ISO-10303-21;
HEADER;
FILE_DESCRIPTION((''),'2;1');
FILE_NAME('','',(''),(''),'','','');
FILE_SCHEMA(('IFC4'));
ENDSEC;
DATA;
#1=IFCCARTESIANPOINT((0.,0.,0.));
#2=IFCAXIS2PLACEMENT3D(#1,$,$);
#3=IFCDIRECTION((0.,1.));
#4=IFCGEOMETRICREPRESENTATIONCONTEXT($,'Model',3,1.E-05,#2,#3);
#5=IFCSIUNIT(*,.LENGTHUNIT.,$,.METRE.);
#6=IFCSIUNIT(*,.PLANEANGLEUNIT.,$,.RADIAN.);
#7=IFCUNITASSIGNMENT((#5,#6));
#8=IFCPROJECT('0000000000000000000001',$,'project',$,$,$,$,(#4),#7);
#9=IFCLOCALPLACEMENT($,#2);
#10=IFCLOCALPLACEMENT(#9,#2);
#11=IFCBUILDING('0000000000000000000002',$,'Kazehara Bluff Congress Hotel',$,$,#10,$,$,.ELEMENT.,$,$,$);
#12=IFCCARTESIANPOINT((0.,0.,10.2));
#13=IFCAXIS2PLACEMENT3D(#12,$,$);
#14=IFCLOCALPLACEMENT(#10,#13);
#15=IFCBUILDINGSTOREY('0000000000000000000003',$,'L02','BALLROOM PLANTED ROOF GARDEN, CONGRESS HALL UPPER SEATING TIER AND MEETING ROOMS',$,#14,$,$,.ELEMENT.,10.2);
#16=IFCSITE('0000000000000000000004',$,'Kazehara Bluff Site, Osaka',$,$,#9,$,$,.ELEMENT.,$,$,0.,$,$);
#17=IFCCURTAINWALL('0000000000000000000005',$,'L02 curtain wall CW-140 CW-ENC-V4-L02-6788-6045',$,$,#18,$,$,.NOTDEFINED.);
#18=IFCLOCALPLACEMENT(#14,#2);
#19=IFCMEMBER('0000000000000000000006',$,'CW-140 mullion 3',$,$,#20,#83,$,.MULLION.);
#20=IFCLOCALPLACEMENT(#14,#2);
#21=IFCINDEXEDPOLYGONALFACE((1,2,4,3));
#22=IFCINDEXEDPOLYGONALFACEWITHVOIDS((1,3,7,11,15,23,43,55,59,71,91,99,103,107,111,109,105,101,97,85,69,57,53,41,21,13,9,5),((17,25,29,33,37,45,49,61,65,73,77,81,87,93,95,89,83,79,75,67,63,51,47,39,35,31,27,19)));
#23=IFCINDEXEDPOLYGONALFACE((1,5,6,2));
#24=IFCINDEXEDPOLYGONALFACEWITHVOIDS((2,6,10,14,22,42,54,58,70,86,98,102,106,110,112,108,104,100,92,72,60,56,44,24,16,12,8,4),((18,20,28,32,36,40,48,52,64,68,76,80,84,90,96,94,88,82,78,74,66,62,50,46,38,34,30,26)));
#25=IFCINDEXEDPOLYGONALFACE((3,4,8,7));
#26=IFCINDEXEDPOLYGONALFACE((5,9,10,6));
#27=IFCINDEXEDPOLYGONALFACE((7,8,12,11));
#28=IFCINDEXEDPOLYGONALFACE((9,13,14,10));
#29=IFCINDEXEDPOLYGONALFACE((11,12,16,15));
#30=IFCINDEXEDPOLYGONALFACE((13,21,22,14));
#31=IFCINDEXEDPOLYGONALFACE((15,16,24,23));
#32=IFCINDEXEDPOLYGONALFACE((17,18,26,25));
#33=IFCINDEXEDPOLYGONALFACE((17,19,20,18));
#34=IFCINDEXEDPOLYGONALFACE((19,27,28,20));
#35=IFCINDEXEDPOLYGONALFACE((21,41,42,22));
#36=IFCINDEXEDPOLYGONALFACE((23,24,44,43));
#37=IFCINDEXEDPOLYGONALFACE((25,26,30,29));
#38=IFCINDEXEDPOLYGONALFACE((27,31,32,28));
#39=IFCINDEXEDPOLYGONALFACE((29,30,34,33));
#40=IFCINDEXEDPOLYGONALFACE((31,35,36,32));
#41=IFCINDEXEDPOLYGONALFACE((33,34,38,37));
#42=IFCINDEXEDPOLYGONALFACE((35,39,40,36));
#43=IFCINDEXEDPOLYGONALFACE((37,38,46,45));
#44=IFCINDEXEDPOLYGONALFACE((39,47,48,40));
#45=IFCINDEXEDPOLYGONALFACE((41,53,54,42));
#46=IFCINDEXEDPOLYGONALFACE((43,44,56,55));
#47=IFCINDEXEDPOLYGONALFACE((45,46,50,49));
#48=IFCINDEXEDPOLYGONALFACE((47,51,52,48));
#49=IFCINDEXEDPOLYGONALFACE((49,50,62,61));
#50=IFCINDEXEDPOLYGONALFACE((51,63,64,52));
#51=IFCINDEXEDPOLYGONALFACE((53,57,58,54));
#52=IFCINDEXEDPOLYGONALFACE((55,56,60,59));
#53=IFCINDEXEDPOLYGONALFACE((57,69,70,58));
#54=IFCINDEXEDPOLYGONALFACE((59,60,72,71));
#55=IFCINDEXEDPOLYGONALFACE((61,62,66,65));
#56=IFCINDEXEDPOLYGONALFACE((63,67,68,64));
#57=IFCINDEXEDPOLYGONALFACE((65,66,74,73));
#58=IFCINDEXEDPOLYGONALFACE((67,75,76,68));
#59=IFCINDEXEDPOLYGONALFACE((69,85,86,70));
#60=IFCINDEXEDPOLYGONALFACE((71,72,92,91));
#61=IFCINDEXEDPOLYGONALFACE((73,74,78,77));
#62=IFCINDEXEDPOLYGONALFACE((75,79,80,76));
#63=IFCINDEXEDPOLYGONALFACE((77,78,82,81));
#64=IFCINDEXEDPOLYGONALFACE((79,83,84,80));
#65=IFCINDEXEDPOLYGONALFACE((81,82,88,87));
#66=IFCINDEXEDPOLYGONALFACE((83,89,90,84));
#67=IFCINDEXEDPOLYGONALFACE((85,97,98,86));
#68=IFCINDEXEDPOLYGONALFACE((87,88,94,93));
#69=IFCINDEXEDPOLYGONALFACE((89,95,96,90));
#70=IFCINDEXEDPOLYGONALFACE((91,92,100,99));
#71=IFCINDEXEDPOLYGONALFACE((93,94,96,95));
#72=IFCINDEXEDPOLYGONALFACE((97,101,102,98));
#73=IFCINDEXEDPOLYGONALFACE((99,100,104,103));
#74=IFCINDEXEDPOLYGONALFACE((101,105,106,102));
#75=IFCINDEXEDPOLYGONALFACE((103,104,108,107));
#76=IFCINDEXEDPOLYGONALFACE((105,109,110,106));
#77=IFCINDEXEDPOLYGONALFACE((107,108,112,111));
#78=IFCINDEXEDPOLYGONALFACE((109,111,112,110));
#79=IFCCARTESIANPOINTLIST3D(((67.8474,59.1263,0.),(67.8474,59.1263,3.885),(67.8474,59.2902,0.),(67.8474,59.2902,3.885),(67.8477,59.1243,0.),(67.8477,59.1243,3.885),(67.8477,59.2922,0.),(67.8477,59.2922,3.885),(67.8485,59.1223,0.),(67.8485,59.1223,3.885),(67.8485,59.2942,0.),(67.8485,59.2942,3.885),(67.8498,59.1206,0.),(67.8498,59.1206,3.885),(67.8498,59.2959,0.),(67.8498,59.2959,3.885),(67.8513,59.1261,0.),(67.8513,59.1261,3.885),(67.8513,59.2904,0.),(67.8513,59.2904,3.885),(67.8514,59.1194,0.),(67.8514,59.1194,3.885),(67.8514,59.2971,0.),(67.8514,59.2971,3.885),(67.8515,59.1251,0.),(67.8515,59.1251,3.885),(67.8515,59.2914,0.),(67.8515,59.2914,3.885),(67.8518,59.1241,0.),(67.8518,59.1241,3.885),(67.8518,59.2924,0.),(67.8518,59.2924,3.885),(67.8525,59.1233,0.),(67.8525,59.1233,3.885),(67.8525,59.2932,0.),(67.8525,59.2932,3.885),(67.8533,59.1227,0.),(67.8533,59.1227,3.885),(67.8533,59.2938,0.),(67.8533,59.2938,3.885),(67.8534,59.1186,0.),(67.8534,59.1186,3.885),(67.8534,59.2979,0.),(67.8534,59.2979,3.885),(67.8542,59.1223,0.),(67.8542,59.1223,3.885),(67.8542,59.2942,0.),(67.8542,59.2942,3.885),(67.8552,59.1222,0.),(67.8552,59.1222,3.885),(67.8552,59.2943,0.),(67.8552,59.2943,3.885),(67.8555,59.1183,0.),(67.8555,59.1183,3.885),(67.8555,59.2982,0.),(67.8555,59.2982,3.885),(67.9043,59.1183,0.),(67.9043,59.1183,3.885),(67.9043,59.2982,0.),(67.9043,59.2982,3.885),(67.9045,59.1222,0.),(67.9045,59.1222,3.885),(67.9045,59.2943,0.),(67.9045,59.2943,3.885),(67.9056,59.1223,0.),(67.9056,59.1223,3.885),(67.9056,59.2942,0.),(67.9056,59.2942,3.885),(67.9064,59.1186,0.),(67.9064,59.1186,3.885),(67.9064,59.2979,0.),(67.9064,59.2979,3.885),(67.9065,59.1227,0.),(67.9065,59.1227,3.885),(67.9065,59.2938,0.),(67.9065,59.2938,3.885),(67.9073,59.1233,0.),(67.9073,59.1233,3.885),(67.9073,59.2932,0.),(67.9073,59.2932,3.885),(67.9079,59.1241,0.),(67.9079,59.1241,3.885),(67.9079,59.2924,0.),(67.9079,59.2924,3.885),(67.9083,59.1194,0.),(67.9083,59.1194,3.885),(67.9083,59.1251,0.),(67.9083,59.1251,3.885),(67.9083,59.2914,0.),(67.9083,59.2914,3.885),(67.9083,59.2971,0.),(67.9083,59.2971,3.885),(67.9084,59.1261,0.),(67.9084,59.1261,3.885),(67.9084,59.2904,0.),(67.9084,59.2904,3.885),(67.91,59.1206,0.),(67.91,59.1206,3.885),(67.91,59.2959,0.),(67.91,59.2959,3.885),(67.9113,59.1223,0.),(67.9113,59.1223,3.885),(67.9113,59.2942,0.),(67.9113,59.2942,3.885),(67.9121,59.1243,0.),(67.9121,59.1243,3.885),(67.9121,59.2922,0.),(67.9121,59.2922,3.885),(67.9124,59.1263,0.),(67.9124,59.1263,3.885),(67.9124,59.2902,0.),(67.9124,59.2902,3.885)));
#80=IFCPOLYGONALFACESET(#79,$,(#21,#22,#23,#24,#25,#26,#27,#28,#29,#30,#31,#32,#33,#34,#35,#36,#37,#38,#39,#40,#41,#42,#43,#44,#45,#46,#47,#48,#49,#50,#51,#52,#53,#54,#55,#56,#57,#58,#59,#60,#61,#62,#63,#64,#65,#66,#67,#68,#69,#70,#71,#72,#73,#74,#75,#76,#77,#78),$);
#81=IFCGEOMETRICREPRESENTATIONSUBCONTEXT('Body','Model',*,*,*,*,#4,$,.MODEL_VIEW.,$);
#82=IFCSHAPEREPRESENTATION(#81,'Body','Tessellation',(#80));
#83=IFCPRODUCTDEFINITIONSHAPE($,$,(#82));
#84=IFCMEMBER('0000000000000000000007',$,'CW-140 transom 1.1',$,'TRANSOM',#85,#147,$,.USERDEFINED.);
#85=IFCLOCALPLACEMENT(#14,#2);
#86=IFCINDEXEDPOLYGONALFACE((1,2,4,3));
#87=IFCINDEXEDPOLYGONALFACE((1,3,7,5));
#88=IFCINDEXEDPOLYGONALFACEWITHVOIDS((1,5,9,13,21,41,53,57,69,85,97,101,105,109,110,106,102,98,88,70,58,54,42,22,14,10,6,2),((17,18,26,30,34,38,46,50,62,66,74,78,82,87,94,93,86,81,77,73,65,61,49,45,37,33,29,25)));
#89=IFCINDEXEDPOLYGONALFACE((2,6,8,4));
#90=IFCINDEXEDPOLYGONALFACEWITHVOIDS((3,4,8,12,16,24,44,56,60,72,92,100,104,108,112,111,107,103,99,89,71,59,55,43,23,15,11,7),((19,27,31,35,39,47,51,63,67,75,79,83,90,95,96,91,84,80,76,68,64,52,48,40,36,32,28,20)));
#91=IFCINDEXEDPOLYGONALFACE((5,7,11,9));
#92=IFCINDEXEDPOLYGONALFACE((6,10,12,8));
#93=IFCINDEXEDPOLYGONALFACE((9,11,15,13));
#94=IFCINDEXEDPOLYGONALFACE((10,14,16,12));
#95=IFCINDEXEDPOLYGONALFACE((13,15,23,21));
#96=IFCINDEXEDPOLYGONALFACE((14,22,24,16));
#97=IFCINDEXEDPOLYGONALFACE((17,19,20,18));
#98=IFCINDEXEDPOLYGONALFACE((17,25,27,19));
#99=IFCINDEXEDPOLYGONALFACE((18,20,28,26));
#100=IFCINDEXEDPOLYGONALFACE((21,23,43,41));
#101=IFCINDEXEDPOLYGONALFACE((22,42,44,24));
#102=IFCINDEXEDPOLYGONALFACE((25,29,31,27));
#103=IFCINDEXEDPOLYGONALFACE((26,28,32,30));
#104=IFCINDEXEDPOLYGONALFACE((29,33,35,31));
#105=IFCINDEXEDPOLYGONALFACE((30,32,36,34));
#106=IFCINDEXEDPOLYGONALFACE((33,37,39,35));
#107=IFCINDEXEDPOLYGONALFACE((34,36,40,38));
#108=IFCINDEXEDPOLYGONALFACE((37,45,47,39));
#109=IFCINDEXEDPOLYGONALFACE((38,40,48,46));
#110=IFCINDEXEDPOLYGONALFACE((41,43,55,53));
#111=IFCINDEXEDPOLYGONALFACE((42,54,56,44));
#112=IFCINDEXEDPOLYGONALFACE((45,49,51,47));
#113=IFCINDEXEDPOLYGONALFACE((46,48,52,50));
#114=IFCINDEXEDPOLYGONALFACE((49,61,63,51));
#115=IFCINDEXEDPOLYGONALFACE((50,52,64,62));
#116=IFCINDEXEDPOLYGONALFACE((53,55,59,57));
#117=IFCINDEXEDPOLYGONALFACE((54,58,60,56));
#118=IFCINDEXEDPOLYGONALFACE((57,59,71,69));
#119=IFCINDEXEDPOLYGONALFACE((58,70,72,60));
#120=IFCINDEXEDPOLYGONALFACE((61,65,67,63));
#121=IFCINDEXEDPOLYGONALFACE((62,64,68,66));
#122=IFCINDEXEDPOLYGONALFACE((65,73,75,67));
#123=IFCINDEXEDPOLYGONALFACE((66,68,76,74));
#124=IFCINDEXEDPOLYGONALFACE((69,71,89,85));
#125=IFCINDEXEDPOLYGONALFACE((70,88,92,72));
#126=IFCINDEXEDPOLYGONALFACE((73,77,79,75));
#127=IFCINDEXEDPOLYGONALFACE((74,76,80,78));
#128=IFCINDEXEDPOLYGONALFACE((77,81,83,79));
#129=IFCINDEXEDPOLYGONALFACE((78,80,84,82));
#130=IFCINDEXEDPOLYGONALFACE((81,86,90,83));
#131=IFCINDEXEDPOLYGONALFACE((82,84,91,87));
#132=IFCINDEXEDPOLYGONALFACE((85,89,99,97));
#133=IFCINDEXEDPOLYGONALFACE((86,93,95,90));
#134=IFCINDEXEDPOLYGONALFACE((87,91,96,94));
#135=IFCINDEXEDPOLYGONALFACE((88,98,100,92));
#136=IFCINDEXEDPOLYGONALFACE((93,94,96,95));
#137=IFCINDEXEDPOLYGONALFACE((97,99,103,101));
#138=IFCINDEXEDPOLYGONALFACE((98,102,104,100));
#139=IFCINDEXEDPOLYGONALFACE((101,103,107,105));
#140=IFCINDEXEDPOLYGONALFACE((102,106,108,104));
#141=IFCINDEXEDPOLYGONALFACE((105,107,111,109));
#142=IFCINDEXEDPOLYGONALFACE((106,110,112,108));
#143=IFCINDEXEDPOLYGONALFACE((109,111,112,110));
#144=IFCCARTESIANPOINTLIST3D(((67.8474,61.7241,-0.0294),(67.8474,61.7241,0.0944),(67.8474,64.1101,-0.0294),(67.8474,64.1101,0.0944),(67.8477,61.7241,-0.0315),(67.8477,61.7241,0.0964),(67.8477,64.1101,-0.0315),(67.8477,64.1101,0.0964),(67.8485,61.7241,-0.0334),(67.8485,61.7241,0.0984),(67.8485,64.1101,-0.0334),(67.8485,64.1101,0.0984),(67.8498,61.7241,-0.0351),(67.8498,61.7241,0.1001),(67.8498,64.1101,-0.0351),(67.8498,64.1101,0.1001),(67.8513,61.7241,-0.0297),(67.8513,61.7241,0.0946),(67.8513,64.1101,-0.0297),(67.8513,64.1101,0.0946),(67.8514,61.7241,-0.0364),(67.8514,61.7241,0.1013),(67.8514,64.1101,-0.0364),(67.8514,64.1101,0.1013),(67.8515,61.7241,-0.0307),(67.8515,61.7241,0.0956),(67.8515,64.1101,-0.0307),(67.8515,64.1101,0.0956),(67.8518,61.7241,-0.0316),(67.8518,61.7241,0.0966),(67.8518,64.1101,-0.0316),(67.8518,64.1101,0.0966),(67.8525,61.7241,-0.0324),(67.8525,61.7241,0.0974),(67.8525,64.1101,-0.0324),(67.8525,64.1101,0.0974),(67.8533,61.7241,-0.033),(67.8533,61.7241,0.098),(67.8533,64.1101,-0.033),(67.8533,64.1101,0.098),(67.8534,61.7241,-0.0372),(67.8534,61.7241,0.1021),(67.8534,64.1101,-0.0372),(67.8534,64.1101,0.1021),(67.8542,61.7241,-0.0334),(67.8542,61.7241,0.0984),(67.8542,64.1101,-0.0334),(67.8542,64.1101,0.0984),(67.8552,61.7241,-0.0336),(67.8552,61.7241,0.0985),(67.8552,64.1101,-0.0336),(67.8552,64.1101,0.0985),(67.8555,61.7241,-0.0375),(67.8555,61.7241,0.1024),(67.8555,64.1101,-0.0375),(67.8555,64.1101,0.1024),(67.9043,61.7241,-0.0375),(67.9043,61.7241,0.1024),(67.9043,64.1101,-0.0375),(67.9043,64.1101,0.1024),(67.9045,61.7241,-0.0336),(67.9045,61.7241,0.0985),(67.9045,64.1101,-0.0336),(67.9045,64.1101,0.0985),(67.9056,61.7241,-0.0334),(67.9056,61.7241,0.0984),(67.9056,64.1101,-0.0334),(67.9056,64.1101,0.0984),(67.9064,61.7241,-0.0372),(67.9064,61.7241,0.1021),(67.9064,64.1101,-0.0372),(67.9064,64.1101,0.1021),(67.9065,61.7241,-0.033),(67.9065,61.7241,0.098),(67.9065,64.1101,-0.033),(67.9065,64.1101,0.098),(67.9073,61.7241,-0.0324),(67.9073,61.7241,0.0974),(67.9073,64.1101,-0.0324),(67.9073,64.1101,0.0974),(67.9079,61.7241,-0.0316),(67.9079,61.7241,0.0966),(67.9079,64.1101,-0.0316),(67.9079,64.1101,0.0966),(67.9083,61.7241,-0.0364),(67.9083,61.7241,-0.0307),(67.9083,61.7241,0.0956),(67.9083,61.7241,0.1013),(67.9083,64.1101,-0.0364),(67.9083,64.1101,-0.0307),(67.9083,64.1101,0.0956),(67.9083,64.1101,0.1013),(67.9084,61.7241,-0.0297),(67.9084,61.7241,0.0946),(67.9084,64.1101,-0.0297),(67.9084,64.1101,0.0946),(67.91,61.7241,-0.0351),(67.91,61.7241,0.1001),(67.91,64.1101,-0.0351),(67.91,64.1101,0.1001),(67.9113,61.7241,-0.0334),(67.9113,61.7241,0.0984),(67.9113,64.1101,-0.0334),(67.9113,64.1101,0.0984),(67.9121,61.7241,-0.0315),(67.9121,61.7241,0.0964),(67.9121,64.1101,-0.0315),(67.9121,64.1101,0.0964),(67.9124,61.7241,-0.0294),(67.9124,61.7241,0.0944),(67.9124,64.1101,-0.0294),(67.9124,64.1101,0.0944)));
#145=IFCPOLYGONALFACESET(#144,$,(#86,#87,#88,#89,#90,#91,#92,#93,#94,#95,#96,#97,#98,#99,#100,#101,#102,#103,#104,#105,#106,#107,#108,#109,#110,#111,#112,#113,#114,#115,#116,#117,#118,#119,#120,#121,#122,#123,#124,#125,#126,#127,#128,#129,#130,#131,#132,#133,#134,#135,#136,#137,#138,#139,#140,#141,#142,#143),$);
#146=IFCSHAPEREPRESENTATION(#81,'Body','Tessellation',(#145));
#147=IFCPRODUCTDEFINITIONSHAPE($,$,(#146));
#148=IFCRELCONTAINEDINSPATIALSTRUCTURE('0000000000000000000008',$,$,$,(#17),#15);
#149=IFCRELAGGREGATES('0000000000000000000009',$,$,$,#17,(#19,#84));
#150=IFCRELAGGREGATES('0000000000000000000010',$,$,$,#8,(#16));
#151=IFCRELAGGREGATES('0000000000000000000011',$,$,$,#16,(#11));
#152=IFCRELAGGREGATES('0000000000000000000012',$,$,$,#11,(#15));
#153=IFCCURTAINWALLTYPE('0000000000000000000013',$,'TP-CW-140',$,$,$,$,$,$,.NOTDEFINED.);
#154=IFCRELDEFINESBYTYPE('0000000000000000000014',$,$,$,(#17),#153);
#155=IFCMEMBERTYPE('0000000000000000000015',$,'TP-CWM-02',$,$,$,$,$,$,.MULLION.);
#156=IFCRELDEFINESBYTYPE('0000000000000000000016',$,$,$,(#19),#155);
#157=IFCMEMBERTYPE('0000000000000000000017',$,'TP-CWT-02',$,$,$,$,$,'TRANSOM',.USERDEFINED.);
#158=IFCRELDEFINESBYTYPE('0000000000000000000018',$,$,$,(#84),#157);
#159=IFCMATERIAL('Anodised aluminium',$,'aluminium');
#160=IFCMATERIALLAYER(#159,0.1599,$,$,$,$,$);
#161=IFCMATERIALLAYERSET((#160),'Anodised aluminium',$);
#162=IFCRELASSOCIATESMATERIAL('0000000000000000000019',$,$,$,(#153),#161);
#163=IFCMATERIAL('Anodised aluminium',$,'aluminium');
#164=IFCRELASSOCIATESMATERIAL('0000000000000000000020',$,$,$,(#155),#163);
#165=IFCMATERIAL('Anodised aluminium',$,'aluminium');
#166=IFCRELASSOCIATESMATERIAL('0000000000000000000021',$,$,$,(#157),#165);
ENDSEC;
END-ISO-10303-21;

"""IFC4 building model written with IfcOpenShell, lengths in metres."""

from ifc_helpers import new_model, si_unit, direction, frame, origin, origin_2d, place, context, subcontext, project, spatial, hollow_rectangle, extrude, material, layer, layer_set, material_profile, profile_set, type_object, element, aggregate, save


model = new_model("IFC4")

# Units and contexts
model_context = context("Model", 3, precision=1e-05, world=origin(), true_north=direction((0.0, 1.0)))
body_context = subcontext(model_context, "Body", "Model", "MODEL_VIEW")
ifc_project = project(units=[si_unit("LENGTHUNIT", "METRE"), si_unit("PLANEANGLEUNIT", "RADIAN")], contexts=[model_context])

# Site, building, storey
site_placement = place(None, origin())
site = spatial("IfcSite", under=ifc_project, at=site_placement, Name="Kazehara Bluff Site, Osaka", CompositionType="ELEMENT", RefElevation=0.0)
building_placement = place(site_placement, origin())
building = spatial("IfcBuilding", under=site, at=building_placement, Name="Kazehara Bluff Congress Hotel", CompositionType="ELEMENT")
storey_placement = place(building_placement, frame((0.0, 0.0, 10.2)))
storey = spatial("IfcBuildingStorey", under=building, at=storey_placement, Name="L02", Description="BALLROOM PLANTED ROOF GARDEN, CONGRESS HALL UPPER SEATING TIER AND MEETING ROOMS", CompositionType="ELEMENT", Elevation=10.2)

# Curtain wall, members
ifc_material_1 = material(Name="Anodised aluminium", Category="aluminium")
ifc_layer_1 = layer(ifc_material_1, 0.1599)
ifc_layer_set_1 = layer_set([ifc_layer_1], Name="Anodised aluminium")
curtain_wall_type = type_object("IfcCurtainWallType", Name="TP-CW-140", PredefinedType="NOTDEFINED", material=ifc_layer_set_1)
curtain_wall_placement = place(storey_placement, origin())
curtain_wall = element("IfcCurtainWall", 1, at=curtain_wall_placement, inside=storey, type_object=curtain_wall_type, Name="L02 curtain wall CW-140 CW-ENC-V4-L02-6788-6045", PredefinedType="NOTDEFINED")
ifc_material_2 = material(Name="Anodised aluminium", Category="aluminium")
ifc_material_profile_1 = material_profile(ifc_material_2, hollow_rectangle(XDim=0.0649, YDim=0.1799, WallThickness=0.0039, InnerFilletRadius=0.0039, OuterFilletRadius=0.0081, at=origin_2d()))
ifc_profile_set_1 = profile_set([ifc_material_profile_1], Name="Anodised aluminium")
member_type_1 = type_object("IfcMemberType", Name="TP-CWM-02", PredefinedType="MULLION", material=ifc_profile_set_1)
member_1_placement = place(storey_placement, frame((67.8799, 59.2083, 0.0), z_axis=(0.0, 0.0, 1.0), x_axis=(1.0, 0.0, 0.0)))
member_1 = element("IfcMember", 2, at=member_1_placement, type_object=member_type_1, Name="CW-140 mullion 3", PredefinedType="MULLION", context=body_context, shape_type="SweptSolid", body=[
    extrude(hollow_rectangle(XDim=0.0649, YDim=0.1799, WallThickness=0.0039, InnerFilletRadius=0.0039, OuterFilletRadius=0.0081, at=origin_2d()), origin(), (0.0, 0.0, 1.0), 3.885),
])
ifc_material_3 = material(Name="Anodised aluminium", Category="aluminium")
ifc_material_profile_2 = material_profile(ifc_material_3, hollow_rectangle(XDim=0.0649, YDim=0.1399, WallThickness=0.0039, InnerFilletRadius=0.0039, OuterFilletRadius=0.0081, at=origin_2d()))
ifc_profile_set_2 = profile_set([ifc_material_profile_2], Name="Anodised aluminium")
member_type_2 = type_object("IfcMemberType", Name="TP-CWT-02", ElementType="TRANSOM", PredefinedType="USERDEFINED", material=ifc_profile_set_2)
member_2_placement = place(storey_placement, frame((67.8799, 64.1101, 0.0325), z_axis=(0.0, -1.0, 0.0), x_axis=(1.0, 0.0, 0.0)))
member_2 = element("IfcMember", 3, at=member_2_placement, type_object=member_type_2, Name="CW-140 transom 1.1", ObjectType="TRANSOM", PredefinedType="USERDEFINED", context=body_context, shape_type="SweptSolid", body=[
    extrude(hollow_rectangle(XDim=0.0649, YDim=0.1399, WallThickness=0.0039, InnerFilletRadius=0.0039, OuterFilletRadius=0.0081, at=origin_2d()), origin(), (0.0, 0.0, 1.0), 2.386),
])

aggregate(curtain_wall, [member_1, member_2])

save(model, "model.ifc")
